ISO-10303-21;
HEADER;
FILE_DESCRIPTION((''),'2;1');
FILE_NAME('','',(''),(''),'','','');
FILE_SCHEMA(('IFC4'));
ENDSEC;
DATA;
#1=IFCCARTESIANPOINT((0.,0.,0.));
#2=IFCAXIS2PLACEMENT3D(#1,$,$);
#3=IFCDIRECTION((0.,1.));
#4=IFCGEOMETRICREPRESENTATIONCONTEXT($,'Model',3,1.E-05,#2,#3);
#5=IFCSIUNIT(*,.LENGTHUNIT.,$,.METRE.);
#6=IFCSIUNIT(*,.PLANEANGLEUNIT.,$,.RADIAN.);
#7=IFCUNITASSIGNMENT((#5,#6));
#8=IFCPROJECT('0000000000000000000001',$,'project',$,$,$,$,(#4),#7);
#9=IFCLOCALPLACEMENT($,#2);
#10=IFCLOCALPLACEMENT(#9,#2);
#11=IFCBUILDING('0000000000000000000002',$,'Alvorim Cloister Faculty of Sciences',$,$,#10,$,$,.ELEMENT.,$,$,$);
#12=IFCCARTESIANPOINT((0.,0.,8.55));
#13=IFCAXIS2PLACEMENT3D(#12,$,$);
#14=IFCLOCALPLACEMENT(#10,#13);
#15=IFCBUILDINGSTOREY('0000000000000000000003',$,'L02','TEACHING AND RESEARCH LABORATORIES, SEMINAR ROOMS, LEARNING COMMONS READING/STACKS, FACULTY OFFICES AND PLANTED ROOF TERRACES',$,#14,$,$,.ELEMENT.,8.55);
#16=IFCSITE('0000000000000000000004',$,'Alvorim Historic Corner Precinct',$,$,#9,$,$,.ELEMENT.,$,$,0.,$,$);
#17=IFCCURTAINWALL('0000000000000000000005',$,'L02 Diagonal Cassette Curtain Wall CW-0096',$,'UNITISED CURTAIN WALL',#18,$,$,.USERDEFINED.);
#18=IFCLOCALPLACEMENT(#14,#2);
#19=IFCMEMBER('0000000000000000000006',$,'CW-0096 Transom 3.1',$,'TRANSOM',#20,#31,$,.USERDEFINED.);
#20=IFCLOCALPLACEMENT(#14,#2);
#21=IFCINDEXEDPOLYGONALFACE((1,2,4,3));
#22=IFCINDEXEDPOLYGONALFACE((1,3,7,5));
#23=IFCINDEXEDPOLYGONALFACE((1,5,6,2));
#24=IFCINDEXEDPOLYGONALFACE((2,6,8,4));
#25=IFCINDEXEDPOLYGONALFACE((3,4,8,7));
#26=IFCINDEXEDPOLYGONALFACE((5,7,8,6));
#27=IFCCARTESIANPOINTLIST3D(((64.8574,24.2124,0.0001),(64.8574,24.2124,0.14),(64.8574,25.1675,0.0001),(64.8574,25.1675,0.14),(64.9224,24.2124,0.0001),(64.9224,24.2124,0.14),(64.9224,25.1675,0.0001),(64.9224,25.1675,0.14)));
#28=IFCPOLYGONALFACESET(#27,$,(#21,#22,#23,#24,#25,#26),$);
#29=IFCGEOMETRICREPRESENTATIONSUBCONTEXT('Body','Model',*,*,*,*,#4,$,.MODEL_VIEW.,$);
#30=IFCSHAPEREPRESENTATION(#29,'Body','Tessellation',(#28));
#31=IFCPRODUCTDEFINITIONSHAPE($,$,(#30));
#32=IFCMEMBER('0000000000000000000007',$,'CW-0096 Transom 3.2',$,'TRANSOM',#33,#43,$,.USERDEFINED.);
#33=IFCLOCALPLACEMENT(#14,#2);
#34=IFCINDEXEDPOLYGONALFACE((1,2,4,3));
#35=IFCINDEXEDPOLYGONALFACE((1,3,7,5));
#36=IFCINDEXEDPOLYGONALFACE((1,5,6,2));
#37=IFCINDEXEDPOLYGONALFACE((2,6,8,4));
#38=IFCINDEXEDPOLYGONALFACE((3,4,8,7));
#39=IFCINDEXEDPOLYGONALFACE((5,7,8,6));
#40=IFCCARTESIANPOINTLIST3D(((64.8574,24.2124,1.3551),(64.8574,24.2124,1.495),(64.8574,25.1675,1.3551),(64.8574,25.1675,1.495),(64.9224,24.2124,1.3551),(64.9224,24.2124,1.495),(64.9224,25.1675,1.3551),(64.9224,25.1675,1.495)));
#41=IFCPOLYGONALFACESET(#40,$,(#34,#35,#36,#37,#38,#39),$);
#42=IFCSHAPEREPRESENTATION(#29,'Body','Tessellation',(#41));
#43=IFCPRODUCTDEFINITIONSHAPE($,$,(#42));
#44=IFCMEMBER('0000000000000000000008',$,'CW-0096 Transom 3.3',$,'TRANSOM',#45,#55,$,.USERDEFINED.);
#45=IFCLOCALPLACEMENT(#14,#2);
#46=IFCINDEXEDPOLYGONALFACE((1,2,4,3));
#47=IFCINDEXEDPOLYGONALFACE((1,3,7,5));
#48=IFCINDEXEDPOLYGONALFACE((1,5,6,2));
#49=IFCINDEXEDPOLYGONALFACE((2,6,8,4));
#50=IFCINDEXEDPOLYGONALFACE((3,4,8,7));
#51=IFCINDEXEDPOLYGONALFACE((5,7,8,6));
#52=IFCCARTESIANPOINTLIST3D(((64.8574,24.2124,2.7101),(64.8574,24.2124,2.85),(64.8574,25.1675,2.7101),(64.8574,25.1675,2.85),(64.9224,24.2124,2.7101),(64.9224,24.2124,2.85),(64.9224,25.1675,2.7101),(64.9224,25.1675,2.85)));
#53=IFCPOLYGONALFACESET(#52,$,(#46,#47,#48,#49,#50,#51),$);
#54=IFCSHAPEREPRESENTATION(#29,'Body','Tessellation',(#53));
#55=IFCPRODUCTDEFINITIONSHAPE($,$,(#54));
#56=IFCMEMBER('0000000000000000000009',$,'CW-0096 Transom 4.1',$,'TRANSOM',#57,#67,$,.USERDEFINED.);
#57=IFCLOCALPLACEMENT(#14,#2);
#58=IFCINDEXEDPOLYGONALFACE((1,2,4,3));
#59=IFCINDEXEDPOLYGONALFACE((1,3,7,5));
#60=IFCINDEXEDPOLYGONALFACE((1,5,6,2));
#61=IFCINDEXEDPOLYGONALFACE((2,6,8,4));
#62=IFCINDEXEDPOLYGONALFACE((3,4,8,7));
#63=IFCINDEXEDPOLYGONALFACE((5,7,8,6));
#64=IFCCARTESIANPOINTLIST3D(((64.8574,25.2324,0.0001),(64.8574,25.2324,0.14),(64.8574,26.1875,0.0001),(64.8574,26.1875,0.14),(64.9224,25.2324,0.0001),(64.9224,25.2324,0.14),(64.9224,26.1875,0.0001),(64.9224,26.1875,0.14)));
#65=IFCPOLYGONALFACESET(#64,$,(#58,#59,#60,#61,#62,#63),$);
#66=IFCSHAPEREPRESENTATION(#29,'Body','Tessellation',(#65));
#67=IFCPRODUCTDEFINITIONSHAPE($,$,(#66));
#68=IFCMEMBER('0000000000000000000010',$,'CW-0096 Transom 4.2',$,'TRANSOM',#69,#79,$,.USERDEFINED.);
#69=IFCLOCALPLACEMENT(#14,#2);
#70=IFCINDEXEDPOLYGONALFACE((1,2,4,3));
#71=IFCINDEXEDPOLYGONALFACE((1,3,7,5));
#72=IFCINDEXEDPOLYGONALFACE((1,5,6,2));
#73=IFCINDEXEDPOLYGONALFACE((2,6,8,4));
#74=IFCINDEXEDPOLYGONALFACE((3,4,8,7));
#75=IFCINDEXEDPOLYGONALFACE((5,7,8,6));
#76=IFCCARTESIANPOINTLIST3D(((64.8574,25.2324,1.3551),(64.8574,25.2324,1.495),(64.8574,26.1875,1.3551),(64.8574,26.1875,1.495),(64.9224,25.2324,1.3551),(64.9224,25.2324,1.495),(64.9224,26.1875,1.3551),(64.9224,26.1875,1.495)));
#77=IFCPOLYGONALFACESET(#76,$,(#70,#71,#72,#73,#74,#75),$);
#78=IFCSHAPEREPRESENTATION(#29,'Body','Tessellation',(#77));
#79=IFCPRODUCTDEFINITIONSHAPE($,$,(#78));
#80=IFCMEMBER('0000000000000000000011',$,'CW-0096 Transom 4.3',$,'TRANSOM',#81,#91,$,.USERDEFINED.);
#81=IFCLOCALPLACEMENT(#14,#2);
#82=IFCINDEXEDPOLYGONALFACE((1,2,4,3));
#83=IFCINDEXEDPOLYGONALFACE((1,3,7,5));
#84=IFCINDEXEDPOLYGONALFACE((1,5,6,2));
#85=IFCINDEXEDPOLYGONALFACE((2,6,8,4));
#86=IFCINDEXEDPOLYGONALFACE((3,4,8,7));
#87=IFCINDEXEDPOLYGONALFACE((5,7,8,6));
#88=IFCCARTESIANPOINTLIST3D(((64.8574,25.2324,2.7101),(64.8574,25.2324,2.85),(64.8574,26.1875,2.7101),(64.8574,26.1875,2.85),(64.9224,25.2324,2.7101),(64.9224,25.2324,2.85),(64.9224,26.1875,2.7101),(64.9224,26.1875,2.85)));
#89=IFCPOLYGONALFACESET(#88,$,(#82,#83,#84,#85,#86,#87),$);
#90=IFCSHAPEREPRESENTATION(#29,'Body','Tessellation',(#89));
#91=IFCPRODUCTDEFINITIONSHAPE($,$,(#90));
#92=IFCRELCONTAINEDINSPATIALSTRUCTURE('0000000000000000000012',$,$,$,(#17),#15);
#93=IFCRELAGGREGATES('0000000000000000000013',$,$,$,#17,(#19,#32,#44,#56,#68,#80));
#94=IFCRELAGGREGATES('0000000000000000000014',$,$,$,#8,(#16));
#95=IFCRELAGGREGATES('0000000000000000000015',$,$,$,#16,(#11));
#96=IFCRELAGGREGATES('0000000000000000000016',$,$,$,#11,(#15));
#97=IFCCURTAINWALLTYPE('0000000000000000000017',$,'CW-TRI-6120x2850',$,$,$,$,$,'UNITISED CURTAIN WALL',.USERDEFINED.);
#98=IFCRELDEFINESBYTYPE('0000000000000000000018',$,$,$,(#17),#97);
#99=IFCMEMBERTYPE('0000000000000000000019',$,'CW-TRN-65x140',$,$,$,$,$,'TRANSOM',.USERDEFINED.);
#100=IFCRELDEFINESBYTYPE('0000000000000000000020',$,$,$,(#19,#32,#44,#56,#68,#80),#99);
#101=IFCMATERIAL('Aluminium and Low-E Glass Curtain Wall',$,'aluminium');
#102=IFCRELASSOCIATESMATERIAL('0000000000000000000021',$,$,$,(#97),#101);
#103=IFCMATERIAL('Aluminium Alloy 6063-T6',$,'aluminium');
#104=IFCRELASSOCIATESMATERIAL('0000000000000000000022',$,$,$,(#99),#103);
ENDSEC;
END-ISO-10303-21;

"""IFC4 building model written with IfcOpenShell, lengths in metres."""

from ifc_helpers import new_model, si_unit, direction, frame, origin, origin_2d, place, context, subcontext, project, spatial, rectangle, extrude, material, material_profile, profile_set, type_object, element, aggregate, save


model = new_model("IFC4")

# Units and contexts
model_context = context("Model", 3, precision=1e-05, world=origin(), true_north=direction((0.0, 1.0)))
body_context = subcontext(model_context, "Body", "Model", "MODEL_VIEW")
ifc_project = project(units=[si_unit("LENGTHUNIT", "METRE"), si_unit("PLANEANGLEUNIT", "RADIAN")], contexts=[model_context])

# Site, building, storey
site_placement = place(None, origin())
site = spatial("IfcSite", under=ifc_project, at=site_placement, Name="Alvorim Historic Corner Precinct", CompositionType="ELEMENT", RefElevation=0.0)
building_placement = place(site_placement, origin())
building = spatial("IfcBuilding", under=site, at=building_placement, Name="Alvorim Cloister Faculty of Sciences", CompositionType="ELEMENT")
storey_placement = place(building_placement, frame((0.0, 0.0, 8.55)))
storey = spatial("IfcBuildingStorey", under=building, at=storey_placement, Name="L02", Description="TEACHING AND RESEARCH LABORATORIES, SEMINAR ROOMS, LEARNING COMMONS READING/STACKS, FACULTY OFFICES AND PLANTED ROOF TERRACES", CompositionType="ELEMENT", Elevation=8.55)

# Curtain wall, members
ifc_material_1 = material(Name="Aluminium and Low-E Glass Curtain Wall", Category="aluminium")
curtain_wall_type = type_object("IfcCurtainWallType", Name="CW-TRI-6120x2850", ElementType="UNITISED CURTAIN WALL", PredefinedType="USERDEFINED", material=ifc_material_1)
curtain_wall_placement = place(storey_placement, origin())
curtain_wall = element("IfcCurtainWall", 1, at=curtain_wall_placement, inside=storey, type_object=curtain_wall_type, Name="L02 Diagonal Cassette Curtain Wall CW-0096", ObjectType="UNITISED CURTAIN WALL", PredefinedType="USERDEFINED")
ifc_material_2 = material(Name="Aluminium Alloy 6063-T6", Category="aluminium")
ifc_material_profile_1 = material_profile(ifc_material_2, rectangle(XDim=0.0649, YDim=0.1399, at=origin_2d()), Name="ALU-TRN-65x140")
ifc_profile_set_1 = profile_set([ifc_material_profile_1], Name="Aluminium Alloy 6063-T6")
member_type_1 = type_object("IfcMemberType", Name="CW-TRN-65x140", ElementType="TRANSOM", PredefinedType="USERDEFINED", material=ifc_profile_set_1)
member_1_placement = place(storey_placement, frame((64.8899, 24.2124, 0.0701), z_axis=(0.0, 1.0, 0.0), x_axis=(-1.0, 0.0, 0.0)))
member_1 = element("IfcMember", 2, at=member_1_placement, type_object=member_type_1, Name="CW-0096 Transom 3.1", ObjectType="TRANSOM", PredefinedType="USERDEFINED", context=body_context, shape_type="SweptSolid", body=[
    extrude(rectangle(XDim=0.0649, YDim=0.1399, at=origin_2d()), origin(), (0.0, 0.0, 1.0), 0.9551),
])
member_2_placement = place(storey_placement, frame((64.8899, 24.2124, 1.425), z_axis=(0.0, 1.0, 0.0), x_axis=(-1.0, 0.0, 0.0)))
member_2 = element("IfcMember", 3, at=member_2_placement, type_object=member_type_1, Name="CW-0096 Transom 3.2", ObjectType="TRANSOM", PredefinedType="USERDEFINED", context=body_context, shape_type="SweptSolid", body=[
    extrude(rectangle(XDim=0.0649, YDim=0.1399, at=origin_2d()), origin(), (0.0, 0.0, 1.0), 0.9551),
])
member_3_placement = place(storey_placement, frame((64.8899, 24.2124, 2.78), z_axis=(0.0, 1.0, 0.0), x_axis=(-1.0, 0.0, 0.0)))
member_3 = element("IfcMember", 4, at=member_3_placement, type_object=member_type_1, Name="CW-0096 Transom 3.3", ObjectType="TRANSOM", PredefinedType="USERDEFINED", context=body_context, shape_type="SweptSolid", body=[
    extrude(rectangle(XDim=0.0649, YDim=0.1399, at=origin_2d()), origin(), (0.0, 0.0, 1.0), 0.9551),
])
member_4_placement = place(storey_placement, frame((64.8899, 25.2324, 0.0701), z_axis=(0.0, 1.0, 0.0), x_axis=(-1.0, 0.0, 0.0)))
member_4 = element("IfcMember", 5, at=member_4_placement, type_object=member_type_1, Name="CW-0096 Transom 4.1", ObjectType="TRANSOM", PredefinedType="USERDEFINED", context=body_context, shape_type="SweptSolid", body=[
    extrude(rectangle(XDim=0.0649, YDim=0.1399, at=origin_2d()), origin(), (0.0, 0.0, 1.0), 0.9551),
])
member_5_placement = place(storey_placement, frame((64.8899, 25.2324, 1.425), z_axis=(0.0, 1.0, 0.0), x_axis=(-1.0, 0.0, 0.0)))
member_5 = element("IfcMember", 6, at=member_5_placement, type_object=member_type_1, Name="CW-0096 Transom 4.2", ObjectType="TRANSOM", PredefinedType="USERDEFINED", context=body_context, shape_type="SweptSolid", body=[
    extrude(rectangle(XDim=0.0649, YDim=0.1399, at=origin_2d()), origin(), (0.0, 0.0, 1.0), 0.9551),
])
member_6_placement = place(storey_placement, frame((64.8899, 25.2324, 2.78), z_axis=(0.0, 1.0, 0.0), x_axis=(-1.0, 0.0, 0.0)))
member_6 = element("IfcMember", 7, at=member_6_placement, type_object=member_type_1, Name="CW-0096 Transom 4.3", ObjectType="TRANSOM", PredefinedType="USERDEFINED", context=body_context, shape_type="SweptSolid", body=[
    extrude(rectangle(XDim=0.0649, YDim=0.1399, at=origin_2d()), origin(), (0.0, 0.0, 1.0), 0.9551),
])
aggregate(curtain_wall, [member_1, member_2, member_3, member_4, member_5, member_6])

save(model, "model.ifc")
